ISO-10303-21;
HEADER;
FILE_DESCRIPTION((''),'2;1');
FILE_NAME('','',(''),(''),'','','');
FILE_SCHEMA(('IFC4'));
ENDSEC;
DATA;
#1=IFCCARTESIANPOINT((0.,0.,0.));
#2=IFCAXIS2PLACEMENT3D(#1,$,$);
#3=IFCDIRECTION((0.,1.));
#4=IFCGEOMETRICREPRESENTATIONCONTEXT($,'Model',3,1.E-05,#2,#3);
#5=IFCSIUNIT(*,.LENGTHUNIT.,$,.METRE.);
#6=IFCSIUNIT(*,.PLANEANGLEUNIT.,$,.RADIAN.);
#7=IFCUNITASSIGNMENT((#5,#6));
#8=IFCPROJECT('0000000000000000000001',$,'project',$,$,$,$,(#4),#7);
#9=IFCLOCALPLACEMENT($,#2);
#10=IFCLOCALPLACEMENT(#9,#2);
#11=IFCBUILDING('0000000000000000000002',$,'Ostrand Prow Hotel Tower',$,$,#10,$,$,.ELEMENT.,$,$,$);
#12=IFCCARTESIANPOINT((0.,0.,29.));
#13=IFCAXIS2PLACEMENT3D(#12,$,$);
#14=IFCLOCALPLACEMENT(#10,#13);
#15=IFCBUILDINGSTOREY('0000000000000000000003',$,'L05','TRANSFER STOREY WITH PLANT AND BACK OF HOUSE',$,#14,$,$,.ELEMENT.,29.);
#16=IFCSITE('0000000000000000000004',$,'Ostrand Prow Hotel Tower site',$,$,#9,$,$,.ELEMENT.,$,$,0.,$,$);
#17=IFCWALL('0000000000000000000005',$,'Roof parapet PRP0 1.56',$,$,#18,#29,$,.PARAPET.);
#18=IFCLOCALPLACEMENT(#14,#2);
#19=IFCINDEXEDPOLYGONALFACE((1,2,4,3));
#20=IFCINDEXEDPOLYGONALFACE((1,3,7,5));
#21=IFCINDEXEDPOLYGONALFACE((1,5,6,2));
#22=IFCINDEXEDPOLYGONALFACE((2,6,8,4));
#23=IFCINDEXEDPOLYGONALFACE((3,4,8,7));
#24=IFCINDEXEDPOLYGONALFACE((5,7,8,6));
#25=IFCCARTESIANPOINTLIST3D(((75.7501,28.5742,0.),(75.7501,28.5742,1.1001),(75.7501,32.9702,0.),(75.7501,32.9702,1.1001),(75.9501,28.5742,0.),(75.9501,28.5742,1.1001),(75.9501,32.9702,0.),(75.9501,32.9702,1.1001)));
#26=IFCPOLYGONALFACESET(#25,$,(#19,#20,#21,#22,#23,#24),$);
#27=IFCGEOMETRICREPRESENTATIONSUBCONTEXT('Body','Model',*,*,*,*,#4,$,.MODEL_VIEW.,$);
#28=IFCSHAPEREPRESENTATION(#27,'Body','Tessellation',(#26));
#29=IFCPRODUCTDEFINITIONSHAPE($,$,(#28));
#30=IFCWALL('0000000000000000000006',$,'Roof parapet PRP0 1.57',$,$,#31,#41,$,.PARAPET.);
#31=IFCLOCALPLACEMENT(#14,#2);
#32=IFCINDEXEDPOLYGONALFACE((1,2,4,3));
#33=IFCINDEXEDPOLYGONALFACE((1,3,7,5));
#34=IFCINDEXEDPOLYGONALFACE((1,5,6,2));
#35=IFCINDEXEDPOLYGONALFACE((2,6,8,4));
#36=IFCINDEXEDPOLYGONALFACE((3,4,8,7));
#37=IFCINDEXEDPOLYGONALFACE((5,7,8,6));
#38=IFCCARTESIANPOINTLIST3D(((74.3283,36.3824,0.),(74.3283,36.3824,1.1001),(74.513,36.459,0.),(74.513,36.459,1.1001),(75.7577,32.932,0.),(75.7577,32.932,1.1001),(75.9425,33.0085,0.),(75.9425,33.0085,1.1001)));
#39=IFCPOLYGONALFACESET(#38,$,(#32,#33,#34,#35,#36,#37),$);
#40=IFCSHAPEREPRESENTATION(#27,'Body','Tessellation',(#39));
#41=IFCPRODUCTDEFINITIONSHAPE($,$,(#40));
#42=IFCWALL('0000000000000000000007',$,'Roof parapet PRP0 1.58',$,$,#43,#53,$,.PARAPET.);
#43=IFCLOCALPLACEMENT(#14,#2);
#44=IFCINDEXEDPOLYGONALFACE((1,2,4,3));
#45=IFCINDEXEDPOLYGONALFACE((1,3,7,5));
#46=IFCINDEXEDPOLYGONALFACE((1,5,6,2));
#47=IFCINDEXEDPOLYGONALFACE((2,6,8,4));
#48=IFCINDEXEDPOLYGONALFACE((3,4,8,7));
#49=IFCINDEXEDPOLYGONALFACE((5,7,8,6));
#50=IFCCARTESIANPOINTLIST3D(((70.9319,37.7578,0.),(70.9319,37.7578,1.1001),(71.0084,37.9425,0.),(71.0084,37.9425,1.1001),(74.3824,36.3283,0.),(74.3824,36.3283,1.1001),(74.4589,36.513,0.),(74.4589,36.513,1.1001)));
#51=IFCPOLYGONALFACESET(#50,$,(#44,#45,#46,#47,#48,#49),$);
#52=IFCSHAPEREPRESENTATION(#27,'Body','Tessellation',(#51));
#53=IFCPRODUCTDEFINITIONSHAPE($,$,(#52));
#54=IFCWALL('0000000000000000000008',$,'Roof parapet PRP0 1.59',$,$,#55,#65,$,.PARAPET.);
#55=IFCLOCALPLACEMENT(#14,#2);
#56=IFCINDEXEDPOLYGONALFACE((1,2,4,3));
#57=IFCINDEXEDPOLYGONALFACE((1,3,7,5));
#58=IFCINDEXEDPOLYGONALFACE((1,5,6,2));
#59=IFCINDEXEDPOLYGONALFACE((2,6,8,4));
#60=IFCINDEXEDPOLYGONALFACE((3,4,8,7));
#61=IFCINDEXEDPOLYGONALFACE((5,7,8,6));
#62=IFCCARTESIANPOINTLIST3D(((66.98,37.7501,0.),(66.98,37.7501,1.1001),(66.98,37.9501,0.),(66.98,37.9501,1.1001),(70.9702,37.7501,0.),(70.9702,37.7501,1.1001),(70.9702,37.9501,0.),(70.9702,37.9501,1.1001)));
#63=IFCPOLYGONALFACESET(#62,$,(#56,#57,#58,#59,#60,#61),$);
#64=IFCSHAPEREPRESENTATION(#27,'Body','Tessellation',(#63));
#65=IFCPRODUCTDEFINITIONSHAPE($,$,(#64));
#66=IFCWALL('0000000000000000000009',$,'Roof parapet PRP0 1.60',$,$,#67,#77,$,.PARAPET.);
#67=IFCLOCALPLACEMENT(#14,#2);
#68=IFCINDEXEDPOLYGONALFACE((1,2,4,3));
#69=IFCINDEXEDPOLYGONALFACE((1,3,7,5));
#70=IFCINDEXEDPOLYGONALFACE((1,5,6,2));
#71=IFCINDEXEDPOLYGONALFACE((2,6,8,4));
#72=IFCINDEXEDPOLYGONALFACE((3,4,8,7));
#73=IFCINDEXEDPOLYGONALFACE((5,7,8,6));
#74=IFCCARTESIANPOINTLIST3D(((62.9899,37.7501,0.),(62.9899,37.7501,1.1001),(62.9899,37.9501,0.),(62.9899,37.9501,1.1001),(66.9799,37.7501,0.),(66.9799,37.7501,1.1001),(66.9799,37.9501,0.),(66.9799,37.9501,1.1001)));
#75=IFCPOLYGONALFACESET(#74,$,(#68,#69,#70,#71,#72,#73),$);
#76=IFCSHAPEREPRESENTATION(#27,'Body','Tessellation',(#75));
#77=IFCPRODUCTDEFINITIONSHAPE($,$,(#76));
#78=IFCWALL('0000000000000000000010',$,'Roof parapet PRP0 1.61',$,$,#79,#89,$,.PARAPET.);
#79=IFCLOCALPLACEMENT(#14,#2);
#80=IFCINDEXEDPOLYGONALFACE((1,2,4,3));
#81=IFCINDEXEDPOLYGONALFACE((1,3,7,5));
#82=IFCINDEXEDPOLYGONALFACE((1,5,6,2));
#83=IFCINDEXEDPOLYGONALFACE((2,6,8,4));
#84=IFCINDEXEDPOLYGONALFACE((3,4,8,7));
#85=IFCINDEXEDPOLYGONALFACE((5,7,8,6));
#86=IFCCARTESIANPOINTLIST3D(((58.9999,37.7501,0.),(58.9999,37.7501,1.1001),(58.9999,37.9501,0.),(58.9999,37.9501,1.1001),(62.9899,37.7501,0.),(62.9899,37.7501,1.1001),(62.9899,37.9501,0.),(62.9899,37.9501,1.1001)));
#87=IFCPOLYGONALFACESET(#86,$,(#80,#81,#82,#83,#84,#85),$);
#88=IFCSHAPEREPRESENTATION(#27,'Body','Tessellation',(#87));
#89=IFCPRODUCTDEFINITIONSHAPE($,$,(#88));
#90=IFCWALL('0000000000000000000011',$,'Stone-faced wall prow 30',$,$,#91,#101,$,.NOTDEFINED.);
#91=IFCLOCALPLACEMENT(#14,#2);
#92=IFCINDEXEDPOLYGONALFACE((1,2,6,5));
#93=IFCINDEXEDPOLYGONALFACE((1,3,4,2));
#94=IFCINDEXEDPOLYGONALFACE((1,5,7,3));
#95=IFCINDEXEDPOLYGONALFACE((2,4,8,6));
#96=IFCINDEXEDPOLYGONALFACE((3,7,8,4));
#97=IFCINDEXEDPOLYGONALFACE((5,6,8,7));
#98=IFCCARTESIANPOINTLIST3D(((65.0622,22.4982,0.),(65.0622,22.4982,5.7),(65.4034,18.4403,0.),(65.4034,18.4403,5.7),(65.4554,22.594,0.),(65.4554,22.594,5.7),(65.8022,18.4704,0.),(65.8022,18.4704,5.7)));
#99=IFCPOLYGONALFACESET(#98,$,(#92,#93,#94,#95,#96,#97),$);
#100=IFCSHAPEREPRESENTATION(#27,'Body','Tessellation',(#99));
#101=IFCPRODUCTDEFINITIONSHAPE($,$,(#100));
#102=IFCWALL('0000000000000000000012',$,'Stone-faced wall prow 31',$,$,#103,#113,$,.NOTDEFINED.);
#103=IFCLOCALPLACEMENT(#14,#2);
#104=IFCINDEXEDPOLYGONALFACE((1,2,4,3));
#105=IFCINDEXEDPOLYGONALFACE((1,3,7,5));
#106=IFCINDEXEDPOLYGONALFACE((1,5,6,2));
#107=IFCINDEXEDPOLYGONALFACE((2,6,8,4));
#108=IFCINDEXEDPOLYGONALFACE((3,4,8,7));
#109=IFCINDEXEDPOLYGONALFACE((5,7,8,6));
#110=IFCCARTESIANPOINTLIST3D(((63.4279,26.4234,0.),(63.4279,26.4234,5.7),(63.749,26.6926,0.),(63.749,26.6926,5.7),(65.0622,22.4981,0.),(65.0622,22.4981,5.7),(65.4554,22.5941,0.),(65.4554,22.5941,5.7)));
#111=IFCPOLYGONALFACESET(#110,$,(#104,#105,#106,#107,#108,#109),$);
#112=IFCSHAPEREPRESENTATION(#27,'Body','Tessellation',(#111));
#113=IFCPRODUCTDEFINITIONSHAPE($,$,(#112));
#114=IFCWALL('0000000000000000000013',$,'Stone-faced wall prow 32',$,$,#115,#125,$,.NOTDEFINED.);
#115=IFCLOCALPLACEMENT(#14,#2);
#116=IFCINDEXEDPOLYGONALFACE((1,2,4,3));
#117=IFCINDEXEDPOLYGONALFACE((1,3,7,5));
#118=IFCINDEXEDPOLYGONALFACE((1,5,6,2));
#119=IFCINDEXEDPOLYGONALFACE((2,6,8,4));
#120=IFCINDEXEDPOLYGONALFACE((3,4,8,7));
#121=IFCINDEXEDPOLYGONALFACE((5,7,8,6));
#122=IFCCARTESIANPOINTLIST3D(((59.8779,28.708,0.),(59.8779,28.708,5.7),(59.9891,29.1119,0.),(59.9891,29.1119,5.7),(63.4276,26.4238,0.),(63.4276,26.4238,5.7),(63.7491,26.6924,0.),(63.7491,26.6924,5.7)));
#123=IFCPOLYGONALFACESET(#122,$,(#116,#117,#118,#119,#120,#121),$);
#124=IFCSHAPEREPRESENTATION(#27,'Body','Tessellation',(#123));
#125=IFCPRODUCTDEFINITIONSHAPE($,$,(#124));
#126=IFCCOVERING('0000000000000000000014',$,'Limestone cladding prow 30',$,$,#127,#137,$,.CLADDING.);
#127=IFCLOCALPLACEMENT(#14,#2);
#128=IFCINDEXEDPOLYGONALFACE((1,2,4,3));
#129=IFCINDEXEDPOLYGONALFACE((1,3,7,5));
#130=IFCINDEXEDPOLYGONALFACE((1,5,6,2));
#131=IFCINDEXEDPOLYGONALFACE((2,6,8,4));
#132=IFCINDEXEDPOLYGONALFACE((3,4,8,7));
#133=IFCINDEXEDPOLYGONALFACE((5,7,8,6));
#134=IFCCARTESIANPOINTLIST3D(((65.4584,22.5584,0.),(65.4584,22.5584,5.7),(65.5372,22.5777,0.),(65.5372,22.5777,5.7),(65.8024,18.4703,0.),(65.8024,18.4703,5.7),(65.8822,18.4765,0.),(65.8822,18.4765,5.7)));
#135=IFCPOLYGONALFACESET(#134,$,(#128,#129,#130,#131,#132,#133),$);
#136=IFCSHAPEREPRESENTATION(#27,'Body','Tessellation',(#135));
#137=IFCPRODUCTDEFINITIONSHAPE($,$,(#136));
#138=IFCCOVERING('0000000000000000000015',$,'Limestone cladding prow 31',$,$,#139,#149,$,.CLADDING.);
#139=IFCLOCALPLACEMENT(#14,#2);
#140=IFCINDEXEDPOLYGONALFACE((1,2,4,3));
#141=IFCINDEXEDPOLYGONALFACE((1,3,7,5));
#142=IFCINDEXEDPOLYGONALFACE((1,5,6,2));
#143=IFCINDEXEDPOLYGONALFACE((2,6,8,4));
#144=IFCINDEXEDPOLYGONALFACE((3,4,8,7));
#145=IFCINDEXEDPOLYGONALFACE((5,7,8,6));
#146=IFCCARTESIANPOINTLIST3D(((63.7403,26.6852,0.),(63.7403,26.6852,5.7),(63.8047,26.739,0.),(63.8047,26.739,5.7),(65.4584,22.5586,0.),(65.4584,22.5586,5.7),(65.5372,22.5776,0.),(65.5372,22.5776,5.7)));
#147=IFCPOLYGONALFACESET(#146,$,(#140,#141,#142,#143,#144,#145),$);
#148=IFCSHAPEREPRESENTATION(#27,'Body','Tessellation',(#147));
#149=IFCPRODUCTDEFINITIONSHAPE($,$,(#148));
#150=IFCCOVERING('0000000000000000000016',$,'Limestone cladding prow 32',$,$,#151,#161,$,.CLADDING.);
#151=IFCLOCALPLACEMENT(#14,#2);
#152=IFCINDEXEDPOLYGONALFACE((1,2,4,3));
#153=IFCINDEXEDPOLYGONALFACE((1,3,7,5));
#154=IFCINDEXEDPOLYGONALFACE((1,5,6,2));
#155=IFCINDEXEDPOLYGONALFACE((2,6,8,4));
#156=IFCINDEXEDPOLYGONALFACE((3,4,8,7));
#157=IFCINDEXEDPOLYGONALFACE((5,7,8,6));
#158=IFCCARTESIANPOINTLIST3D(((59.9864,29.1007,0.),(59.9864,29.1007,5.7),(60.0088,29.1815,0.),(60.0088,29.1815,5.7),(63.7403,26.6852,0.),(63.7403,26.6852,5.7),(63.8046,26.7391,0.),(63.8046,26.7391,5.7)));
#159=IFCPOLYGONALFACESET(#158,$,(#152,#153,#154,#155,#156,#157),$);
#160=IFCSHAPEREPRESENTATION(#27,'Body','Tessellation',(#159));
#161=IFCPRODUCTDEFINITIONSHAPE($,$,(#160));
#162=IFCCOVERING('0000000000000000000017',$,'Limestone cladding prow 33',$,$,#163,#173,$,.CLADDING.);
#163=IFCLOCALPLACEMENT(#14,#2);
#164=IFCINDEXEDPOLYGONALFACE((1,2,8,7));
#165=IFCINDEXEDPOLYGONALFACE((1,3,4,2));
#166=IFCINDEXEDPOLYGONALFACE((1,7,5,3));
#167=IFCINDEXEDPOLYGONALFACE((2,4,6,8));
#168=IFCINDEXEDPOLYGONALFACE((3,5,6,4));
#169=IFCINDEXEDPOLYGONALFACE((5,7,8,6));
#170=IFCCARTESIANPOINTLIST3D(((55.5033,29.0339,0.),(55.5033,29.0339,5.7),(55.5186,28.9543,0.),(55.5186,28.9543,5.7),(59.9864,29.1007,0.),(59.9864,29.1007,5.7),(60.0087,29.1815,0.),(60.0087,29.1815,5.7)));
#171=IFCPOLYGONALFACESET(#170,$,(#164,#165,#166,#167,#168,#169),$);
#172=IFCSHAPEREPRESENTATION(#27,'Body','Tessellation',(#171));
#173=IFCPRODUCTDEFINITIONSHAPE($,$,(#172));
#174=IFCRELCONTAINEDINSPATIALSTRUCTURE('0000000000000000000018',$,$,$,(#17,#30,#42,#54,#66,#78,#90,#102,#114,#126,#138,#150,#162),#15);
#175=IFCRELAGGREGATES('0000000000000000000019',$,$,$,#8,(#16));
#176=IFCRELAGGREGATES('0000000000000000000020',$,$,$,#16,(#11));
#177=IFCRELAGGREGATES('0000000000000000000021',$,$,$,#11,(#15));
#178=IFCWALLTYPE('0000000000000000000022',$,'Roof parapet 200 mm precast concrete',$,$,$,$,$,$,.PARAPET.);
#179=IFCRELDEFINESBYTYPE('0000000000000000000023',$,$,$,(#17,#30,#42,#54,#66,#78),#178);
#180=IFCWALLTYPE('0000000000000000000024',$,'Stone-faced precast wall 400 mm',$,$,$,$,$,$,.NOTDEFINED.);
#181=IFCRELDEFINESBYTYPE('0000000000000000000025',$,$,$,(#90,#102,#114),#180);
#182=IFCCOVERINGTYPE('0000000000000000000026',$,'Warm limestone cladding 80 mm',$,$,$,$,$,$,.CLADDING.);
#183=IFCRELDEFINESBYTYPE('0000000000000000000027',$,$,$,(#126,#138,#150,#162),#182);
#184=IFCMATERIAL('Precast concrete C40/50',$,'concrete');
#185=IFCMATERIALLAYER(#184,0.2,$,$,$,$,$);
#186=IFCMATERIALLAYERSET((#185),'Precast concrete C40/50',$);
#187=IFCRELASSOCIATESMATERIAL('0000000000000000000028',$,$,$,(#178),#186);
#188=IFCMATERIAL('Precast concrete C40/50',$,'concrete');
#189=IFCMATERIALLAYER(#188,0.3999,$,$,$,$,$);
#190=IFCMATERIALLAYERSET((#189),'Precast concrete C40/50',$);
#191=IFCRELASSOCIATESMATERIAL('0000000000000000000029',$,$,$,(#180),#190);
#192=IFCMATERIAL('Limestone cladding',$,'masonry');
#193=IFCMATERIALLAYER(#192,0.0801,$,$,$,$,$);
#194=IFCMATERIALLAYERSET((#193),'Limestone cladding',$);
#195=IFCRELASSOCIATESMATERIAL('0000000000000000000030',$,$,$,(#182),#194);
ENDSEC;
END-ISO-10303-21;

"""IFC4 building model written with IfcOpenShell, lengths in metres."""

from ifc_helpers import new_model, si_unit, direction, frame, frame_2d, origin, place, context, subcontext, project, spatial, polyline, rectangle, outline, extrude, material, layer, layer_set, type_object, element, save


model = new_model("IFC4")

# Units and contexts
model_context = context("Model", 3, precision=1e-05, world=origin(), true_north=direction((0.0, 1.0)))
body_context = subcontext(model_context, "Body", "Model", "MODEL_VIEW")
ifc_project = project(units=[si_unit("LENGTHUNIT", "METRE"), si_unit("PLANEANGLEUNIT", "RADIAN")], contexts=[model_context])

# Site, building, storey
site_placement = place(None, origin())
site = spatial("IfcSite", under=ifc_project, at=site_placement, Name="Ostrand Prow Hotel Tower site", CompositionType="ELEMENT", RefElevation=0.0)
building_placement = place(site_placement, origin())
building = spatial("IfcBuilding", under=site, at=building_placement, Name="Ostrand Prow Hotel Tower", CompositionType="ELEMENT")
storey_placement = place(building_placement, frame((0.0, 0.0, 29.0)))
storey = spatial("IfcBuildingStorey", under=building, at=storey_placement, Name="L05", Description="TRANSFER STOREY WITH PLANT AND BACK OF HOUSE", CompositionType="ELEMENT", Elevation=29.0)

# Walls
ifc_material_1 = material(Name="Precast concrete C40/50", Category="concrete")
ifc_layer_1 = layer(ifc_material_1, 0.2)
ifc_layer_set_1 = layer_set([ifc_layer_1], Name="Precast concrete C40/50")
wall_type_1 = type_object("IfcWallType", Name="Roof parapet 200 mm precast concrete", PredefinedType="PARAPET", material=ifc_layer_set_1)
wall_1_placement = place(storey_placement, frame((75.8501, 28.5742, 0.0), z_axis=(0.0, 0.0, 1.0), x_axis=(0.0, 1.0, 0.0)))
element("IfcWall", 1, at=wall_1_placement, inside=storey, type_object=wall_type_1, Name="Roof parapet PRP0 1.56", PredefinedType="PARAPET", context=body_context, shape_type="SweptSolid", body=[
    extrude(rectangle(XDim=4.396, YDim=0.2, at=frame_2d((2.198, 0.0))), origin(), (0.0, 0.0, 1.0), 1.1001),
])
for number, where, z_axis, x_axis, name in (
    (2, (75.8501, 32.9702, 0.0), (0.0, 0.0, 1.0), (-0.382735, 0.923858, 0.0), "Roof parapet PRP0 1.57"),
    (3, (74.4207, 36.4207, 0.0), (0.0, 0.0, 1.0), (-0.923858, 0.382735, 0.0), "Roof parapet PRP0 1.58"),
):
    element("IfcWall", number, at=place(storey_placement, frame(where, z_axis=z_axis, x_axis=x_axis)), inside=storey, type_object=wall_type_1, Name=name, PredefinedType="PARAPET", context=body_context, shape_type="SweptSolid", body=[
        extrude(rectangle(XDim=3.7349, YDim=0.2, at=frame_2d((1.8674, 0.0))), origin(), (0.0, 0.0, 1.0), 1.1001),
    ])
wall_2_placement = place(storey_placement, frame((70.9702, 37.8501, 0.0), z_axis=(0.0, 0.0, 1.0), x_axis=(-1.0, 0.0, 0.0)))
element("IfcWall", 4, at=wall_2_placement, inside=storey, type_object=wall_type_1, Name="Roof parapet PRP0 1.59", PredefinedType="PARAPET", context=body_context, shape_type="SweptSolid", body=[
    extrude(rectangle(XDim=3.9902, YDim=0.2, at=frame_2d((1.9951, 0.0))), origin(), (0.0, 0.0, 1.0), 1.1001),
])
for number, where, z_axis, x_axis, name in (
    (5, (66.98, 37.8501, 0.0), (0.0, 0.0, 1.0), (-1.0, 0.0, 0.0), "Roof parapet PRP0 1.60"),
    (6, (62.99, 37.8501, 0.0), (0.0, 0.0, 1.0), (-1.0, 0.0, 0.0), "Roof parapet PRP0 1.61"),
):
    element("IfcWall", number, at=place(storey_placement, frame(where, z_axis=z_axis, x_axis=x_axis)), inside=storey, type_object=wall_type_1, Name=name, PredefinedType="PARAPET", context=body_context, shape_type="SweptSolid", body=[
        extrude(rectangle(XDim=3.99, YDim=0.2, at=frame_2d((1.9951, 0.0))), origin(), (0.0, 0.0, 1.0), 1.1001),
    ])
ifc_material_2 = material(Name="Precast concrete C40/50", Category="concrete")
ifc_layer_2 = layer(ifc_material_2, 0.3999)
ifc_layer_set_2 = layer_set([ifc_layer_2], Name="Precast concrete C40/50")
wall_type_2 = type_object("IfcWallType", Name="Stone-faced precast wall 400 mm", PredefinedType="NOTDEFINED", material=ifc_layer_set_2)
wall_3_placement = place(storey_placement, frame((65.6028, 18.4553, 0.0), z_axis=(0.0, 0.0, 1.0), x_axis=(-0.083794, 0.996483, 0.0)))
element("IfcWall", 7, at=wall_3_placement, inside=storey, type_object=wall_type_2, Name="Stone-faced wall prow 30", PredefinedType="NOTDEFINED", context=body_context, shape_type="SweptSolid", body=[
    extrude(outline(polyline([(-0.0017, -0.2), (4.1365, -0.2), (4.074, 0.2), (0.0017, 0.2), (-0.0017, -0.2)])), origin(), (0.0, 0.0, 1.0), 5.7),
])
wall_4_placement = place(storey_placement, frame((65.2588, 22.5461, 0.0), z_axis=(0.0, 0.0, 1.0), x_axis=(-0.384372, 0.923178, 0.0)))
element("IfcWall", 8, at=wall_4_placement, inside=storey, type_object=wall_type_2, Name="Stone-faced wall prow 31", PredefinedType="NOTDEFINED", context=body_context, shape_type="SweptSolid", body=[
    extrude(outline(polyline([(-0.0312, -0.2), (4.4082, -0.2), (4.2832, 0.2), (0.0312, 0.2), (-0.0312, -0.2)])), origin(), (0.0, 0.0, 1.0), 5.7),
])
wall_5_placement = place(storey_placement, frame((63.5884, 26.5581, 0.0), z_axis=(0.0, 0.0, 1.0), x_axis=(-0.840937, 0.541132, 0.0)))
element("IfcWall", 9, at=wall_5_placement, inside=storey, type_object=wall_type_2, Name="Stone-faced wall prow 32", PredefinedType="NOTDEFINED", context=body_context, shape_type="SweptSolid", body=[
    extrude(outline(polyline([(-0.0625, -0.2), (4.4087, -0.2), (4.2837, 0.2), (0.0625, 0.2), (-0.0625, -0.2)])), origin(), (0.0, 0.0, 1.0), 5.7),
])

# Coverings
ifc_material_3 = material(Name="Limestone cladding", Category="masonry")
ifc_layer_3 = layer(ifc_material_3, 0.0801)
ifc_layer_set_3 = layer_set([ifc_layer_3], Name="Limestone cladding")
covering_type = type_object("IfcCoveringType", Name="Warm limestone cladding 80 mm", PredefinedType="CLADDING", material=ifc_layer_set_3)
covering_1_placement = place(storey_placement, frame((65.8423, 18.4734, 0.0), z_axis=(0.0, 0.0, 1.0), x_axis=(-0.083832, 0.99648, 0.0)))
element("IfcCovering", 10, at=covering_1_placement, inside=storey, type_object=covering_type, Name="Limestone cladding prow 30", PredefinedType="CLADDING", context=body_context, shape_type="SweptSolid", body=[
    extrude(outline(polyline([(-0.0002, -0.04), (4.1155, -0.04), (4.1028, 0.04), (0.0002, 0.04), (-0.0002, -0.04)])), origin(), (0.0, 0.0, 1.0), 5.7),
])
covering_2_placement = place(storey_placement, frame((65.4978, 22.5681, 0.0), z_axis=(0.0, 0.0, 1.0), x_axis=(-0.38436, 0.923183, 0.0)))
element("IfcCovering", 11, at=covering_2_placement, inside=storey, type_object=covering_type, Name="Limestone cladding prow 31", PredefinedType="CLADDING", context=body_context, shape_type="SweptSolid", body=[
    extrude(outline(polyline([(-0.0063, -0.04), (4.5012, -0.04), (4.4763, 0.04), (0.0063, 0.04), (-0.0063, -0.04)])), origin(), (0.0, 0.0, 1.0), 5.7),
])
covering_3_placement = place(storey_placement, frame((63.7725, 26.7122, 0.0), z_axis=(0.0, 0.0, 1.0), x_axis=(-0.840952, 0.541109, 0.0)))
element("IfcCovering", 12, at=covering_3_placement, inside=storey, type_object=covering_type, Name="Limestone cladding prow 32", PredefinedType="CLADDING", context=body_context, shape_type="SweptSolid", body=[
    extrude(outline(polyline([(-0.0125, -0.04), (4.5012, -0.04), (4.4763, 0.04), (0.0125, 0.04), (-0.0125, -0.04)])), origin(), (0.0, 0.0, 1.0), 5.7),
])
covering_4_placement = place(storey_placement, frame((59.9976, 29.1411, 0.0), z_axis=(0.0, 0.0, 1.0), x_axis=(-0.999464, -0.032741, 0.0)))
element("IfcCovering", 13, at=covering_4_placement, inside=storey, type_object=covering_type, Name="Limestone cladding prow 33", PredefinedType="CLADDING", context=body_context, shape_type="SweptSolid", body=[
    extrude(outline(polyline([(-0.0125, -0.04), (4.4954, -0.04), (4.4827, 0.04), (0.0125, 0.04), (-0.0125, -0.04)])), origin(), (0.0, 0.0, 1.0), 5.7),
])

save(model, "model.ifc")
